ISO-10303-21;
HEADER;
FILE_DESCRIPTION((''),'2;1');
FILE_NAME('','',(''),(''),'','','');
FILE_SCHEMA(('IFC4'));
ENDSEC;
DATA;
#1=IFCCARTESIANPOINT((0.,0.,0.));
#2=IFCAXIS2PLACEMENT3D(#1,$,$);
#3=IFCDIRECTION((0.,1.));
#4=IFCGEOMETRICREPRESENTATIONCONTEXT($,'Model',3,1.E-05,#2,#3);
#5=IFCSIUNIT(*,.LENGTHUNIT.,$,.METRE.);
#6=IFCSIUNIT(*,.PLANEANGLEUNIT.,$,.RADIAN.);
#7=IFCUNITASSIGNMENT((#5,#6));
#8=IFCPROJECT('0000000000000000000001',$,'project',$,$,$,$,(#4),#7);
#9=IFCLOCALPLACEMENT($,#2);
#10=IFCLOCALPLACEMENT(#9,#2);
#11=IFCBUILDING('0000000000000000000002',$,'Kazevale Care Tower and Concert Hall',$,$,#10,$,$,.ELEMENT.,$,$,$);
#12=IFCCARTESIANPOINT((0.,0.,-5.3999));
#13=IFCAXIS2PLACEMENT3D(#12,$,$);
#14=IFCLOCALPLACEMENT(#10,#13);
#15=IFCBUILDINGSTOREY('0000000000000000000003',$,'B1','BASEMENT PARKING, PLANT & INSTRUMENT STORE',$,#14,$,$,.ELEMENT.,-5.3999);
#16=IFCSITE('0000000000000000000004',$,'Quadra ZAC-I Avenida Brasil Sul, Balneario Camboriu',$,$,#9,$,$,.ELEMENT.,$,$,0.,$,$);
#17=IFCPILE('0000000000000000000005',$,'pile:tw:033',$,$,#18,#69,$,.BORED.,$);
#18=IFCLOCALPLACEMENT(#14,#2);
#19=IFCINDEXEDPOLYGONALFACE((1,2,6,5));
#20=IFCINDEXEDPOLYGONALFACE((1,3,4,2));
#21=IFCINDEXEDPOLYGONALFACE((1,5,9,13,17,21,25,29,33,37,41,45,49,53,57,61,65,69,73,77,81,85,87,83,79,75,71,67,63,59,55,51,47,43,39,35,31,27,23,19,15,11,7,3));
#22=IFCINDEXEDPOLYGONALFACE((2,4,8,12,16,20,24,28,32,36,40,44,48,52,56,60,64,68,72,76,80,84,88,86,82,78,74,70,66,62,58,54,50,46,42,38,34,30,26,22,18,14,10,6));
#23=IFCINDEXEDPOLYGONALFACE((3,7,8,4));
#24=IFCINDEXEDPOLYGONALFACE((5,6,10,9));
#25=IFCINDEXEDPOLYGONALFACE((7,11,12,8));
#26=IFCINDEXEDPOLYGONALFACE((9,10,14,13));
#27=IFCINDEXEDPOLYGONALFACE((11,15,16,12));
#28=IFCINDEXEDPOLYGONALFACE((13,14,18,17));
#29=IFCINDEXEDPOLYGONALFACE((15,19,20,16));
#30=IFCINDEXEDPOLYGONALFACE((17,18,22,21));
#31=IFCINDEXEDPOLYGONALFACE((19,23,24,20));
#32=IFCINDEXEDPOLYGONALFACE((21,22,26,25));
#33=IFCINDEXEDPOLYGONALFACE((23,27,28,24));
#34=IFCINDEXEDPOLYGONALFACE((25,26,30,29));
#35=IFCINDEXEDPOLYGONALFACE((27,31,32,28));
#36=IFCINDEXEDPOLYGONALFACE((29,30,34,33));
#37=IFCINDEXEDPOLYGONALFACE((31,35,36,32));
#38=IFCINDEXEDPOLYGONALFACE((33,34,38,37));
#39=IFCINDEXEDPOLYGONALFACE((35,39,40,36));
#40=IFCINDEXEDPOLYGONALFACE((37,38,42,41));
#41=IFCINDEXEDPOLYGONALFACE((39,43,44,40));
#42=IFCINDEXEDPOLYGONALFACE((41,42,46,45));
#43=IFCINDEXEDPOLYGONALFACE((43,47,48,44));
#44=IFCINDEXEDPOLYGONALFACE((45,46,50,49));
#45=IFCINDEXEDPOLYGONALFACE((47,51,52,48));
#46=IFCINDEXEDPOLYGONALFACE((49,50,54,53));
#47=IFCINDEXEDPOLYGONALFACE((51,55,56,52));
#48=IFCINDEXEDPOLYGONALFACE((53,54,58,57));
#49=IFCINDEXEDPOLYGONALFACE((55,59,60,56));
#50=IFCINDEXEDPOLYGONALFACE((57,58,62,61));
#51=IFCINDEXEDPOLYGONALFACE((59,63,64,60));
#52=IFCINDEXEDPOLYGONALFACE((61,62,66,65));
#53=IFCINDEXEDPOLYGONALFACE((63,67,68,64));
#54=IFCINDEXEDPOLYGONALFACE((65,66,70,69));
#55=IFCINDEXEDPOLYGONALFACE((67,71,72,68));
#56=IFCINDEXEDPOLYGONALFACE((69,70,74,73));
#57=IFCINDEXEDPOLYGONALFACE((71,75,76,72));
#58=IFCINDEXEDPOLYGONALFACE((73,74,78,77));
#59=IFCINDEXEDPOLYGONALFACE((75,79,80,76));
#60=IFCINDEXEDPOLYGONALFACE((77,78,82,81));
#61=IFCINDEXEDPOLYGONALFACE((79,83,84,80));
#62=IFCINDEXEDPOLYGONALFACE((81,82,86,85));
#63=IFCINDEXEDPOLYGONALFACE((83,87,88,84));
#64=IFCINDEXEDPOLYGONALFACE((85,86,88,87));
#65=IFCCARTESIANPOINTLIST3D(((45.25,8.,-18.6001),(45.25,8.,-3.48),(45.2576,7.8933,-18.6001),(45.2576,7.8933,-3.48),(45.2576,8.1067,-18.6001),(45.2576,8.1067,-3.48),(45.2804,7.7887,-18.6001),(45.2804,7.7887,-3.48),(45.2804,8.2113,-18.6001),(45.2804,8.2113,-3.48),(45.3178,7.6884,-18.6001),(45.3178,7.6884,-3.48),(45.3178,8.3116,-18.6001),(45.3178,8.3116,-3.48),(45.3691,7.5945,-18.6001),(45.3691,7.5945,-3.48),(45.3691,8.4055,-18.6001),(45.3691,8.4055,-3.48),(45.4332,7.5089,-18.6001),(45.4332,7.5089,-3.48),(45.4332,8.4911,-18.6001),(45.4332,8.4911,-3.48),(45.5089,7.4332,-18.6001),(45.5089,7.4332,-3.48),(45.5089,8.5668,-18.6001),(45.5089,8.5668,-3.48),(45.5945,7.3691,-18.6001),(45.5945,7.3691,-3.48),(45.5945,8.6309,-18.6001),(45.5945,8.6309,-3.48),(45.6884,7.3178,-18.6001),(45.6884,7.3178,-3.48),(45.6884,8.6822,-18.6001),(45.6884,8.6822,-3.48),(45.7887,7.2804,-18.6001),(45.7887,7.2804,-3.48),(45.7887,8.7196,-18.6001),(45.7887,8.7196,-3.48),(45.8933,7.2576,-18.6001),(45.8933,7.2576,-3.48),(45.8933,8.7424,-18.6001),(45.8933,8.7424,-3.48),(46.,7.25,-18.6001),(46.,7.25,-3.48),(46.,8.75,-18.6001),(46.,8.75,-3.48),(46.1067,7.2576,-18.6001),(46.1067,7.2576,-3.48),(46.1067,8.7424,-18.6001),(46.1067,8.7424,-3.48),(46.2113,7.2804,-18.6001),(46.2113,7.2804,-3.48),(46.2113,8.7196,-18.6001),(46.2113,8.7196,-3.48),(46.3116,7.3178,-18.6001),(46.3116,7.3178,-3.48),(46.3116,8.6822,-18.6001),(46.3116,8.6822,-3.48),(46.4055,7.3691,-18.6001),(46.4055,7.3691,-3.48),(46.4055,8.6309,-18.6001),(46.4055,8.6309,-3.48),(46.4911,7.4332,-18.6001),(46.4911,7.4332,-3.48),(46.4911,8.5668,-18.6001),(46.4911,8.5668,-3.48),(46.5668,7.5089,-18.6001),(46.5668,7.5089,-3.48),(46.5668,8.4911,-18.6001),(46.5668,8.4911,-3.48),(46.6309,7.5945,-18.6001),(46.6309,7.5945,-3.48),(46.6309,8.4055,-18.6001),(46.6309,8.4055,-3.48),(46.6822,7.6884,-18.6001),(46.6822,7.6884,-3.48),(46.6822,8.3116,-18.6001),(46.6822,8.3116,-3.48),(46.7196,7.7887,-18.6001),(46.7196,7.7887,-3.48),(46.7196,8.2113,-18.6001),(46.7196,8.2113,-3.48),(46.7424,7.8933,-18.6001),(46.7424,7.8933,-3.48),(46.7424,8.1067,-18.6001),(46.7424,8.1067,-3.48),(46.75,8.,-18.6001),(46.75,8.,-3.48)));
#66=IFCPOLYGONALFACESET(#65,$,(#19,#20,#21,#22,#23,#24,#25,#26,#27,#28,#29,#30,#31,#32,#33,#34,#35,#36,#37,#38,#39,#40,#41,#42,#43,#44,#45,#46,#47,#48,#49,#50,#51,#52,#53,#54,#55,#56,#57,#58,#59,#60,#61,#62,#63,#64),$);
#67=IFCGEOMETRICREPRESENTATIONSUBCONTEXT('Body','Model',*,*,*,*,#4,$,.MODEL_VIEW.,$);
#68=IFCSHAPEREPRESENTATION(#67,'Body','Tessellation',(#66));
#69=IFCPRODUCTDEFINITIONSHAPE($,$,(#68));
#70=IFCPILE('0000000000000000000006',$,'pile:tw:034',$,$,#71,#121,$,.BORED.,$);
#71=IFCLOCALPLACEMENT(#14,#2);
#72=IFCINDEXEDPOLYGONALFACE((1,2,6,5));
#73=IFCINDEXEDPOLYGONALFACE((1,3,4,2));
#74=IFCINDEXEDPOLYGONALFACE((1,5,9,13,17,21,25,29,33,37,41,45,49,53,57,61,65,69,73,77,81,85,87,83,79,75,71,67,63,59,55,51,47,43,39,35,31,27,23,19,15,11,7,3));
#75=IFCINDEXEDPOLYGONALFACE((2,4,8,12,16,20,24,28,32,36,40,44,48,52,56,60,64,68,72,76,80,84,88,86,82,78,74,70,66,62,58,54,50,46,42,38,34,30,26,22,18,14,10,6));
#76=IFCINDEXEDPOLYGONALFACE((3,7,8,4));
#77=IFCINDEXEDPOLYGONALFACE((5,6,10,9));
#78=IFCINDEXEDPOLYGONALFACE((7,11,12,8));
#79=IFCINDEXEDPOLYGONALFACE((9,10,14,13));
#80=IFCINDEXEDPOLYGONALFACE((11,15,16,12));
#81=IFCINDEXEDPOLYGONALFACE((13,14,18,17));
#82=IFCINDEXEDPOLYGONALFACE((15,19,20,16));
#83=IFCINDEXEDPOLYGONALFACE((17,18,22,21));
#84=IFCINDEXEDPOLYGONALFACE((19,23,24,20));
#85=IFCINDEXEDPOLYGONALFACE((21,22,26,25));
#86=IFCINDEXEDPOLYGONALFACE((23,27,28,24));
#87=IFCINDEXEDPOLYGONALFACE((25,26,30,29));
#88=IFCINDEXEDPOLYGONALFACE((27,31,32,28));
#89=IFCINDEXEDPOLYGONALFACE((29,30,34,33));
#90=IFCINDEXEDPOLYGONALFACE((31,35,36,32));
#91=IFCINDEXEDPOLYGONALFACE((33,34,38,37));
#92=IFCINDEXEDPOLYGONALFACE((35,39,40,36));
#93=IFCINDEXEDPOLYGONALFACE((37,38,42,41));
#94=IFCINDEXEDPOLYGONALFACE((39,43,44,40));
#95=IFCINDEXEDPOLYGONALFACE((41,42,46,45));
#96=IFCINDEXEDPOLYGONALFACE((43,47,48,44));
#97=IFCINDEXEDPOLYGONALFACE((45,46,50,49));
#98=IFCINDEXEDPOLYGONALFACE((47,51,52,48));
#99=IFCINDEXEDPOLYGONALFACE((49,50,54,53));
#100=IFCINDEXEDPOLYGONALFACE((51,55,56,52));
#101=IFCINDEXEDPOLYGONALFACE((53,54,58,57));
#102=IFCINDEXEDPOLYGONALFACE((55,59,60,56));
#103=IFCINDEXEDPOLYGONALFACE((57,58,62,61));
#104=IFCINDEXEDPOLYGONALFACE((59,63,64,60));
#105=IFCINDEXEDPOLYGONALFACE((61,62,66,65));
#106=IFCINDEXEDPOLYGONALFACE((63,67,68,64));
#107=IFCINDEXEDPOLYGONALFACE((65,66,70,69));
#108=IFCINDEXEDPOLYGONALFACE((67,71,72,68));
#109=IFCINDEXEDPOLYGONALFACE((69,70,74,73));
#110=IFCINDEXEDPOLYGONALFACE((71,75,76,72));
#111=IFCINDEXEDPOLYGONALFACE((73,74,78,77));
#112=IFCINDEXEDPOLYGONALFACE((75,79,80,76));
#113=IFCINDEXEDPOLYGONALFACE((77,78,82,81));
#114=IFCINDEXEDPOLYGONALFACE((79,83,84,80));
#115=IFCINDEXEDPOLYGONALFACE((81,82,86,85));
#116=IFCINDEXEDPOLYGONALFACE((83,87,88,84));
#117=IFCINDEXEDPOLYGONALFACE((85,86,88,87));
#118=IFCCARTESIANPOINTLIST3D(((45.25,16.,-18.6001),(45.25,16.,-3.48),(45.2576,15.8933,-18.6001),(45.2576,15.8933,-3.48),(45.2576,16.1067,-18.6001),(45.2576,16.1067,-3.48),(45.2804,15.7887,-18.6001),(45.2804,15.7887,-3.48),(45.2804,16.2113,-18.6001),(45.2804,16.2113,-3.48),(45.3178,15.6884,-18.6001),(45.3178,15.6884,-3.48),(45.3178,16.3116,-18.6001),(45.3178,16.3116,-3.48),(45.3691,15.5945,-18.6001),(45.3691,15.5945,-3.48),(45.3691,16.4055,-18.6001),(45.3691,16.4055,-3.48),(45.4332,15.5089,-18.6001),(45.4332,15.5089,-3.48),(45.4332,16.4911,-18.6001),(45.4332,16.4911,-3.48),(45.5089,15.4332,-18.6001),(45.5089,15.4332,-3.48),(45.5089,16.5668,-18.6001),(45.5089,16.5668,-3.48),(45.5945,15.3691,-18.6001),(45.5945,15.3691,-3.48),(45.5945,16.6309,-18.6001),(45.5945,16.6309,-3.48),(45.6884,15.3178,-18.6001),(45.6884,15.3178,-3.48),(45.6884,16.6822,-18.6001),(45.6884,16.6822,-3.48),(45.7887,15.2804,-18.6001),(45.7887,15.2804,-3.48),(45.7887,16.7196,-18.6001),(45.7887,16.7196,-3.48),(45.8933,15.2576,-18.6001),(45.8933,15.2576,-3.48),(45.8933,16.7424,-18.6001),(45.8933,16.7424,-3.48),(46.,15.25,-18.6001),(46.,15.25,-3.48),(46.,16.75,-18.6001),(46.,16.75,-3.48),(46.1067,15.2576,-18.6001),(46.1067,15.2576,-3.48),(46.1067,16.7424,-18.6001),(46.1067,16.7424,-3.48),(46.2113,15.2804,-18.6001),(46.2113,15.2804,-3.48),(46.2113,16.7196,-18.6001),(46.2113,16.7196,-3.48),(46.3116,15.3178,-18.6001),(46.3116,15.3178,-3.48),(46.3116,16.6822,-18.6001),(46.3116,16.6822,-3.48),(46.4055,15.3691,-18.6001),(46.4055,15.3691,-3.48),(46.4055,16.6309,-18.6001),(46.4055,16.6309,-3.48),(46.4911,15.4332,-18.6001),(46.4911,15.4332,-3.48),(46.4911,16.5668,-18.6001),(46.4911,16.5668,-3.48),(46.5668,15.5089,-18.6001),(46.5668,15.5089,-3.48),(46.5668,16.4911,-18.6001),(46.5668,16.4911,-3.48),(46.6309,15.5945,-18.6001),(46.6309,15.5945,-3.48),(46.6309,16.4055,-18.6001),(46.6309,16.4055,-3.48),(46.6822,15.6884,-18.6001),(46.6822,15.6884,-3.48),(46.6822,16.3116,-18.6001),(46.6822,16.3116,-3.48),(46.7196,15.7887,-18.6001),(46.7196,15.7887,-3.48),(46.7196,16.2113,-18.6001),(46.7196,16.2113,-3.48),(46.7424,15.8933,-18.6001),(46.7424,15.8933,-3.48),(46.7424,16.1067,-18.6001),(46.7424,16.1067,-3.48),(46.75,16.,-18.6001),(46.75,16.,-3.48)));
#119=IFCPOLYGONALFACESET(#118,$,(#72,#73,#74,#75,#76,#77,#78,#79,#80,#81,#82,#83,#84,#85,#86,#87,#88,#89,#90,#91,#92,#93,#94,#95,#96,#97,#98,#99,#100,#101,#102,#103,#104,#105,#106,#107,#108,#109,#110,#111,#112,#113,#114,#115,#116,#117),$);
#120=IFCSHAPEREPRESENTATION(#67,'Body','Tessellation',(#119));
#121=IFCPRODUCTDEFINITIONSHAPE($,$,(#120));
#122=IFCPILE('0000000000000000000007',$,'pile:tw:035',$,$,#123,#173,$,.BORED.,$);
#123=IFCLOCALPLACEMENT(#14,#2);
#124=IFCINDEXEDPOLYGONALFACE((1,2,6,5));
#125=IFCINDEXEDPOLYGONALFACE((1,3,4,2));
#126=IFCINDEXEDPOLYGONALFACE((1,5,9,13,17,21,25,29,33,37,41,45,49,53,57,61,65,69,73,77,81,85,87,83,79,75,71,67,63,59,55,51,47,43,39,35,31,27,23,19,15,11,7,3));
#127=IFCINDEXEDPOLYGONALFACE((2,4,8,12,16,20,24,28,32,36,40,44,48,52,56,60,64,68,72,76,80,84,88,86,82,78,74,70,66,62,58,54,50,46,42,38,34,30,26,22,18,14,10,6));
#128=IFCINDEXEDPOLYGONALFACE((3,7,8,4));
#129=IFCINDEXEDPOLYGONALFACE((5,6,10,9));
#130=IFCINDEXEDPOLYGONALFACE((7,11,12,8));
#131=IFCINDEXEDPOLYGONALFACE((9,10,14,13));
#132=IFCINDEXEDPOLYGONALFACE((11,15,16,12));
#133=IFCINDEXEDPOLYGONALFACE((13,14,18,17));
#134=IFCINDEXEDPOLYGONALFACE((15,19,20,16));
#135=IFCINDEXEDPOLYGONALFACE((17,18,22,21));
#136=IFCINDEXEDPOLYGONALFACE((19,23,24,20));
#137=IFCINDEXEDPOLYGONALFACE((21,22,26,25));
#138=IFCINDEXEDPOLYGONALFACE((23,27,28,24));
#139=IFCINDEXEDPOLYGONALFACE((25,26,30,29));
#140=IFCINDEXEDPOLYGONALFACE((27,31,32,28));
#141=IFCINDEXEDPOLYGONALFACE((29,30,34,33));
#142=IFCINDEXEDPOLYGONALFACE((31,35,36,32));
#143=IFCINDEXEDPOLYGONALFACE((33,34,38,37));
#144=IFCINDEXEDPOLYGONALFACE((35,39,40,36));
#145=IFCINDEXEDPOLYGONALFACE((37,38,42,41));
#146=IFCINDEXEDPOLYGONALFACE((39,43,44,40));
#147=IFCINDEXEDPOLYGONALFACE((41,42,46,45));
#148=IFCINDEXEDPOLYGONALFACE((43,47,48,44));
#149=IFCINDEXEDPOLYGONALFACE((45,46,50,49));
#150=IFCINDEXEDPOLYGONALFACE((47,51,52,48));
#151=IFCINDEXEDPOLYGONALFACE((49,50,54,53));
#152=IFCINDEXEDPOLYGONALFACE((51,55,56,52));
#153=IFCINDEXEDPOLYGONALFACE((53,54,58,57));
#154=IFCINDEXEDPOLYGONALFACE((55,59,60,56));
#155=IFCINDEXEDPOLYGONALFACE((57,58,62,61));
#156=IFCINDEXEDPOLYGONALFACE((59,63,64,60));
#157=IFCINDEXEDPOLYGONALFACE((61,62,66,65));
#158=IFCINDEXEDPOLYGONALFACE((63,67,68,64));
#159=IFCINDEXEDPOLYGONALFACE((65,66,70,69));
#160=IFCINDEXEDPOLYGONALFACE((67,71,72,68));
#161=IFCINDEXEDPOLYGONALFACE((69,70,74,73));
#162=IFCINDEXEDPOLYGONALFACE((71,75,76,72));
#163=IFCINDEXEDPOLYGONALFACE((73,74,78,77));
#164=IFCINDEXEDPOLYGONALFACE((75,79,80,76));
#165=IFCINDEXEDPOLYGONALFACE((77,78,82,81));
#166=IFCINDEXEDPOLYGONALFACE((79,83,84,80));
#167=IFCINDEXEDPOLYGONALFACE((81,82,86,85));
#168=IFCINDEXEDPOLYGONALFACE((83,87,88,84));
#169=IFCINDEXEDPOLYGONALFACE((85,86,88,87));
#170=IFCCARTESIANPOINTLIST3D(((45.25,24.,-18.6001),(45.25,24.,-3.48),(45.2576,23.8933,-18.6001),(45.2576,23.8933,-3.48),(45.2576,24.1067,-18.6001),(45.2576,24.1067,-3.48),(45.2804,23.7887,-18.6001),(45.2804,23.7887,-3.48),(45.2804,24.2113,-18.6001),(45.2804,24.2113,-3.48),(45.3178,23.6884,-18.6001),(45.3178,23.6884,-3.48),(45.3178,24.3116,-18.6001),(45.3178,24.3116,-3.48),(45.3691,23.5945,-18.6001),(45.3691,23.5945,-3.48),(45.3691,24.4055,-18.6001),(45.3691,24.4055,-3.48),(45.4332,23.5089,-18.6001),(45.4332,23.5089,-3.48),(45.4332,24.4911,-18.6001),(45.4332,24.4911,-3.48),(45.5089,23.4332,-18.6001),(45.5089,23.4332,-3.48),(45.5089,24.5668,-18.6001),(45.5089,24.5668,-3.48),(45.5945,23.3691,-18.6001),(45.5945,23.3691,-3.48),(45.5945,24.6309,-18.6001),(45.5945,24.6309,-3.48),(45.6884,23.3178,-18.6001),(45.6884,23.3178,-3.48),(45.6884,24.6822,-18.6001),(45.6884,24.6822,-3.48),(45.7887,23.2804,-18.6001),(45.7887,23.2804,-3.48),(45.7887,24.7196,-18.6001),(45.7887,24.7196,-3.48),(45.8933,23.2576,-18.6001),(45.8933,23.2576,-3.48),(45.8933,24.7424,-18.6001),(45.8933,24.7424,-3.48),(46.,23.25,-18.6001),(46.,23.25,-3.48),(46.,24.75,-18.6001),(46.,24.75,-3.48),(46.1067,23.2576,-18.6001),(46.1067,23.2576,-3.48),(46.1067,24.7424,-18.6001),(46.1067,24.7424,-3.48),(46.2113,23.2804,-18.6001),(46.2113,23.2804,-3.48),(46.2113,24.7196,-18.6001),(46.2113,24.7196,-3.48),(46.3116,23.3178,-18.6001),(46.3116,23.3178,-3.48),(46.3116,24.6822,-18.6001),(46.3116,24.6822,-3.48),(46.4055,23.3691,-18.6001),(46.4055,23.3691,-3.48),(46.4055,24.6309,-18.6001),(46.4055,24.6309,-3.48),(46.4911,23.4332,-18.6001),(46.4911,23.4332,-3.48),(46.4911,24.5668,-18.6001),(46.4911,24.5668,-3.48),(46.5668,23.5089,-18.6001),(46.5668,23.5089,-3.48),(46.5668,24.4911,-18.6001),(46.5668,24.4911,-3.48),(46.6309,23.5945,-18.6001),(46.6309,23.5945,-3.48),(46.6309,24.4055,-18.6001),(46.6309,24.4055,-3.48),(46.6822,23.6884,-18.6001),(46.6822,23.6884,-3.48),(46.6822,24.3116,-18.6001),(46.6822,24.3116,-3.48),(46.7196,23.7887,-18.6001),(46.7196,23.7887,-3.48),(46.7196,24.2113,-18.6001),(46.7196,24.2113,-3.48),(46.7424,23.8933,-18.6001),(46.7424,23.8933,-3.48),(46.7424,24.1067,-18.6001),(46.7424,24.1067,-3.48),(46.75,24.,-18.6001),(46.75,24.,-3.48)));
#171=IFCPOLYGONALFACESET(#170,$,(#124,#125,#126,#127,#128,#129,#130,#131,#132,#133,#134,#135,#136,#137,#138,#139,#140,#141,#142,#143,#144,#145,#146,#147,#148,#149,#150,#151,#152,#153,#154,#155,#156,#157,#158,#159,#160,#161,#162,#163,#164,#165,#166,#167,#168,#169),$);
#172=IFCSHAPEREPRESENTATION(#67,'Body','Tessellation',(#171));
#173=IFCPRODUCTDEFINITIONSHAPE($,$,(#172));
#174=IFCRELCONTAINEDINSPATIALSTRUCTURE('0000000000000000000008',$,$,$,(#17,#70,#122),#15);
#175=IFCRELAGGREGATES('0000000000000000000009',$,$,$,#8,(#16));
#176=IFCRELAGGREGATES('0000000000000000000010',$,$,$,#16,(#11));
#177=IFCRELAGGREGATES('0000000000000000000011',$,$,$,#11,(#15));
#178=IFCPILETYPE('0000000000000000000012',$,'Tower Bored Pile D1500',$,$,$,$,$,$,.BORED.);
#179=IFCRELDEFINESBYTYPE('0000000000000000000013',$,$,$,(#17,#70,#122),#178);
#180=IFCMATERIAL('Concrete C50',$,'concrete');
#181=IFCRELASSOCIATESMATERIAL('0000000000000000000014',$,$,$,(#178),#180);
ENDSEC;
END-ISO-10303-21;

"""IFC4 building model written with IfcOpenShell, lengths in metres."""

from ifc_helpers import new_model, si_unit, direction, frame, origin, origin_2d, place, context, subcontext, project, spatial, circle, extrude, material, material_profile, profile_set, type_object, element, save


model = new_model("IFC4")

# Units and contexts
model_context = context("Model", 3, precision=1e-05, world=origin(), true_north=direction((0.0, 1.0)))
body_context = subcontext(model_context, "Body", "Model", "MODEL_VIEW")
ifc_project = project(units=[si_unit("LENGTHUNIT", "METRE"), si_unit("PLANEANGLEUNIT", "RADIAN")], contexts=[model_context])

# Site, building, storey
site_placement = place(None, origin())
site = spatial("IfcSite", under=ifc_project, at=site_placement, Name="Quadra ZAC-I Avenida Brasil Sul, Balneario Camboriu", CompositionType="ELEMENT", RefElevation=0.0)
building_placement = place(site_placement, origin())
building = spatial("IfcBuilding", under=site, at=building_placement, Name="Kazevale Care Tower and Concert Hall", CompositionType="ELEMENT")
storey_placement = place(building_placement, frame((0.0, 0.0, -5.3999)))
storey = spatial("IfcBuildingStorey", under=building, at=storey_placement, Name="B1", Description="BASEMENT PARKING, PLANT & INSTRUMENT STORE", CompositionType="ELEMENT", Elevation=-5.3999)

# Piles
ifc_material_1 = material(Name="Concrete C50", Category="concrete")
ifc_material_profile_1 = material_profile(ifc_material_1, circle(Radius=0.75, at=origin_2d()), Name="PILE-D1500")
ifc_profile_set_1 = profile_set([ifc_material_profile_1], Name="Concrete C50")
pile_type = type_object("IfcPileType", Name="Tower Bored Pile D1500", PredefinedType="BORED", material=ifc_profile_set_1)
for number, where, z_axis, x_axis, name in (
    (1, (46.0, 8.0, -3.48), (0.0, 0.0, -1.0), (1.0, 0.0, 0.0), "pile:tw:033"),
    (2, (46.0, 16.0, -3.48), (0.0, 0.0, -1.0), (1.0, 0.0, 0.0), "pile:tw:034"),
    (3, (46.0, 24.0, -3.48), (0.0, 0.0, -1.0), (1.0, 0.0, 0.0), "pile:tw:035"),
):
    element("IfcPile", number, at=place(storey_placement, frame(where, z_axis=z_axis, x_axis=x_axis)), inside=storey, type_object=pile_type, Name=name, PredefinedType="BORED", context=body_context, shape_type="SweptSolid", body=[
        extrude(circle(Radius=0.75, at=origin_2d()), origin(), (0.0, 0.0, 1.0), 15.1201),
    ])

save(model, "model.ifc")
